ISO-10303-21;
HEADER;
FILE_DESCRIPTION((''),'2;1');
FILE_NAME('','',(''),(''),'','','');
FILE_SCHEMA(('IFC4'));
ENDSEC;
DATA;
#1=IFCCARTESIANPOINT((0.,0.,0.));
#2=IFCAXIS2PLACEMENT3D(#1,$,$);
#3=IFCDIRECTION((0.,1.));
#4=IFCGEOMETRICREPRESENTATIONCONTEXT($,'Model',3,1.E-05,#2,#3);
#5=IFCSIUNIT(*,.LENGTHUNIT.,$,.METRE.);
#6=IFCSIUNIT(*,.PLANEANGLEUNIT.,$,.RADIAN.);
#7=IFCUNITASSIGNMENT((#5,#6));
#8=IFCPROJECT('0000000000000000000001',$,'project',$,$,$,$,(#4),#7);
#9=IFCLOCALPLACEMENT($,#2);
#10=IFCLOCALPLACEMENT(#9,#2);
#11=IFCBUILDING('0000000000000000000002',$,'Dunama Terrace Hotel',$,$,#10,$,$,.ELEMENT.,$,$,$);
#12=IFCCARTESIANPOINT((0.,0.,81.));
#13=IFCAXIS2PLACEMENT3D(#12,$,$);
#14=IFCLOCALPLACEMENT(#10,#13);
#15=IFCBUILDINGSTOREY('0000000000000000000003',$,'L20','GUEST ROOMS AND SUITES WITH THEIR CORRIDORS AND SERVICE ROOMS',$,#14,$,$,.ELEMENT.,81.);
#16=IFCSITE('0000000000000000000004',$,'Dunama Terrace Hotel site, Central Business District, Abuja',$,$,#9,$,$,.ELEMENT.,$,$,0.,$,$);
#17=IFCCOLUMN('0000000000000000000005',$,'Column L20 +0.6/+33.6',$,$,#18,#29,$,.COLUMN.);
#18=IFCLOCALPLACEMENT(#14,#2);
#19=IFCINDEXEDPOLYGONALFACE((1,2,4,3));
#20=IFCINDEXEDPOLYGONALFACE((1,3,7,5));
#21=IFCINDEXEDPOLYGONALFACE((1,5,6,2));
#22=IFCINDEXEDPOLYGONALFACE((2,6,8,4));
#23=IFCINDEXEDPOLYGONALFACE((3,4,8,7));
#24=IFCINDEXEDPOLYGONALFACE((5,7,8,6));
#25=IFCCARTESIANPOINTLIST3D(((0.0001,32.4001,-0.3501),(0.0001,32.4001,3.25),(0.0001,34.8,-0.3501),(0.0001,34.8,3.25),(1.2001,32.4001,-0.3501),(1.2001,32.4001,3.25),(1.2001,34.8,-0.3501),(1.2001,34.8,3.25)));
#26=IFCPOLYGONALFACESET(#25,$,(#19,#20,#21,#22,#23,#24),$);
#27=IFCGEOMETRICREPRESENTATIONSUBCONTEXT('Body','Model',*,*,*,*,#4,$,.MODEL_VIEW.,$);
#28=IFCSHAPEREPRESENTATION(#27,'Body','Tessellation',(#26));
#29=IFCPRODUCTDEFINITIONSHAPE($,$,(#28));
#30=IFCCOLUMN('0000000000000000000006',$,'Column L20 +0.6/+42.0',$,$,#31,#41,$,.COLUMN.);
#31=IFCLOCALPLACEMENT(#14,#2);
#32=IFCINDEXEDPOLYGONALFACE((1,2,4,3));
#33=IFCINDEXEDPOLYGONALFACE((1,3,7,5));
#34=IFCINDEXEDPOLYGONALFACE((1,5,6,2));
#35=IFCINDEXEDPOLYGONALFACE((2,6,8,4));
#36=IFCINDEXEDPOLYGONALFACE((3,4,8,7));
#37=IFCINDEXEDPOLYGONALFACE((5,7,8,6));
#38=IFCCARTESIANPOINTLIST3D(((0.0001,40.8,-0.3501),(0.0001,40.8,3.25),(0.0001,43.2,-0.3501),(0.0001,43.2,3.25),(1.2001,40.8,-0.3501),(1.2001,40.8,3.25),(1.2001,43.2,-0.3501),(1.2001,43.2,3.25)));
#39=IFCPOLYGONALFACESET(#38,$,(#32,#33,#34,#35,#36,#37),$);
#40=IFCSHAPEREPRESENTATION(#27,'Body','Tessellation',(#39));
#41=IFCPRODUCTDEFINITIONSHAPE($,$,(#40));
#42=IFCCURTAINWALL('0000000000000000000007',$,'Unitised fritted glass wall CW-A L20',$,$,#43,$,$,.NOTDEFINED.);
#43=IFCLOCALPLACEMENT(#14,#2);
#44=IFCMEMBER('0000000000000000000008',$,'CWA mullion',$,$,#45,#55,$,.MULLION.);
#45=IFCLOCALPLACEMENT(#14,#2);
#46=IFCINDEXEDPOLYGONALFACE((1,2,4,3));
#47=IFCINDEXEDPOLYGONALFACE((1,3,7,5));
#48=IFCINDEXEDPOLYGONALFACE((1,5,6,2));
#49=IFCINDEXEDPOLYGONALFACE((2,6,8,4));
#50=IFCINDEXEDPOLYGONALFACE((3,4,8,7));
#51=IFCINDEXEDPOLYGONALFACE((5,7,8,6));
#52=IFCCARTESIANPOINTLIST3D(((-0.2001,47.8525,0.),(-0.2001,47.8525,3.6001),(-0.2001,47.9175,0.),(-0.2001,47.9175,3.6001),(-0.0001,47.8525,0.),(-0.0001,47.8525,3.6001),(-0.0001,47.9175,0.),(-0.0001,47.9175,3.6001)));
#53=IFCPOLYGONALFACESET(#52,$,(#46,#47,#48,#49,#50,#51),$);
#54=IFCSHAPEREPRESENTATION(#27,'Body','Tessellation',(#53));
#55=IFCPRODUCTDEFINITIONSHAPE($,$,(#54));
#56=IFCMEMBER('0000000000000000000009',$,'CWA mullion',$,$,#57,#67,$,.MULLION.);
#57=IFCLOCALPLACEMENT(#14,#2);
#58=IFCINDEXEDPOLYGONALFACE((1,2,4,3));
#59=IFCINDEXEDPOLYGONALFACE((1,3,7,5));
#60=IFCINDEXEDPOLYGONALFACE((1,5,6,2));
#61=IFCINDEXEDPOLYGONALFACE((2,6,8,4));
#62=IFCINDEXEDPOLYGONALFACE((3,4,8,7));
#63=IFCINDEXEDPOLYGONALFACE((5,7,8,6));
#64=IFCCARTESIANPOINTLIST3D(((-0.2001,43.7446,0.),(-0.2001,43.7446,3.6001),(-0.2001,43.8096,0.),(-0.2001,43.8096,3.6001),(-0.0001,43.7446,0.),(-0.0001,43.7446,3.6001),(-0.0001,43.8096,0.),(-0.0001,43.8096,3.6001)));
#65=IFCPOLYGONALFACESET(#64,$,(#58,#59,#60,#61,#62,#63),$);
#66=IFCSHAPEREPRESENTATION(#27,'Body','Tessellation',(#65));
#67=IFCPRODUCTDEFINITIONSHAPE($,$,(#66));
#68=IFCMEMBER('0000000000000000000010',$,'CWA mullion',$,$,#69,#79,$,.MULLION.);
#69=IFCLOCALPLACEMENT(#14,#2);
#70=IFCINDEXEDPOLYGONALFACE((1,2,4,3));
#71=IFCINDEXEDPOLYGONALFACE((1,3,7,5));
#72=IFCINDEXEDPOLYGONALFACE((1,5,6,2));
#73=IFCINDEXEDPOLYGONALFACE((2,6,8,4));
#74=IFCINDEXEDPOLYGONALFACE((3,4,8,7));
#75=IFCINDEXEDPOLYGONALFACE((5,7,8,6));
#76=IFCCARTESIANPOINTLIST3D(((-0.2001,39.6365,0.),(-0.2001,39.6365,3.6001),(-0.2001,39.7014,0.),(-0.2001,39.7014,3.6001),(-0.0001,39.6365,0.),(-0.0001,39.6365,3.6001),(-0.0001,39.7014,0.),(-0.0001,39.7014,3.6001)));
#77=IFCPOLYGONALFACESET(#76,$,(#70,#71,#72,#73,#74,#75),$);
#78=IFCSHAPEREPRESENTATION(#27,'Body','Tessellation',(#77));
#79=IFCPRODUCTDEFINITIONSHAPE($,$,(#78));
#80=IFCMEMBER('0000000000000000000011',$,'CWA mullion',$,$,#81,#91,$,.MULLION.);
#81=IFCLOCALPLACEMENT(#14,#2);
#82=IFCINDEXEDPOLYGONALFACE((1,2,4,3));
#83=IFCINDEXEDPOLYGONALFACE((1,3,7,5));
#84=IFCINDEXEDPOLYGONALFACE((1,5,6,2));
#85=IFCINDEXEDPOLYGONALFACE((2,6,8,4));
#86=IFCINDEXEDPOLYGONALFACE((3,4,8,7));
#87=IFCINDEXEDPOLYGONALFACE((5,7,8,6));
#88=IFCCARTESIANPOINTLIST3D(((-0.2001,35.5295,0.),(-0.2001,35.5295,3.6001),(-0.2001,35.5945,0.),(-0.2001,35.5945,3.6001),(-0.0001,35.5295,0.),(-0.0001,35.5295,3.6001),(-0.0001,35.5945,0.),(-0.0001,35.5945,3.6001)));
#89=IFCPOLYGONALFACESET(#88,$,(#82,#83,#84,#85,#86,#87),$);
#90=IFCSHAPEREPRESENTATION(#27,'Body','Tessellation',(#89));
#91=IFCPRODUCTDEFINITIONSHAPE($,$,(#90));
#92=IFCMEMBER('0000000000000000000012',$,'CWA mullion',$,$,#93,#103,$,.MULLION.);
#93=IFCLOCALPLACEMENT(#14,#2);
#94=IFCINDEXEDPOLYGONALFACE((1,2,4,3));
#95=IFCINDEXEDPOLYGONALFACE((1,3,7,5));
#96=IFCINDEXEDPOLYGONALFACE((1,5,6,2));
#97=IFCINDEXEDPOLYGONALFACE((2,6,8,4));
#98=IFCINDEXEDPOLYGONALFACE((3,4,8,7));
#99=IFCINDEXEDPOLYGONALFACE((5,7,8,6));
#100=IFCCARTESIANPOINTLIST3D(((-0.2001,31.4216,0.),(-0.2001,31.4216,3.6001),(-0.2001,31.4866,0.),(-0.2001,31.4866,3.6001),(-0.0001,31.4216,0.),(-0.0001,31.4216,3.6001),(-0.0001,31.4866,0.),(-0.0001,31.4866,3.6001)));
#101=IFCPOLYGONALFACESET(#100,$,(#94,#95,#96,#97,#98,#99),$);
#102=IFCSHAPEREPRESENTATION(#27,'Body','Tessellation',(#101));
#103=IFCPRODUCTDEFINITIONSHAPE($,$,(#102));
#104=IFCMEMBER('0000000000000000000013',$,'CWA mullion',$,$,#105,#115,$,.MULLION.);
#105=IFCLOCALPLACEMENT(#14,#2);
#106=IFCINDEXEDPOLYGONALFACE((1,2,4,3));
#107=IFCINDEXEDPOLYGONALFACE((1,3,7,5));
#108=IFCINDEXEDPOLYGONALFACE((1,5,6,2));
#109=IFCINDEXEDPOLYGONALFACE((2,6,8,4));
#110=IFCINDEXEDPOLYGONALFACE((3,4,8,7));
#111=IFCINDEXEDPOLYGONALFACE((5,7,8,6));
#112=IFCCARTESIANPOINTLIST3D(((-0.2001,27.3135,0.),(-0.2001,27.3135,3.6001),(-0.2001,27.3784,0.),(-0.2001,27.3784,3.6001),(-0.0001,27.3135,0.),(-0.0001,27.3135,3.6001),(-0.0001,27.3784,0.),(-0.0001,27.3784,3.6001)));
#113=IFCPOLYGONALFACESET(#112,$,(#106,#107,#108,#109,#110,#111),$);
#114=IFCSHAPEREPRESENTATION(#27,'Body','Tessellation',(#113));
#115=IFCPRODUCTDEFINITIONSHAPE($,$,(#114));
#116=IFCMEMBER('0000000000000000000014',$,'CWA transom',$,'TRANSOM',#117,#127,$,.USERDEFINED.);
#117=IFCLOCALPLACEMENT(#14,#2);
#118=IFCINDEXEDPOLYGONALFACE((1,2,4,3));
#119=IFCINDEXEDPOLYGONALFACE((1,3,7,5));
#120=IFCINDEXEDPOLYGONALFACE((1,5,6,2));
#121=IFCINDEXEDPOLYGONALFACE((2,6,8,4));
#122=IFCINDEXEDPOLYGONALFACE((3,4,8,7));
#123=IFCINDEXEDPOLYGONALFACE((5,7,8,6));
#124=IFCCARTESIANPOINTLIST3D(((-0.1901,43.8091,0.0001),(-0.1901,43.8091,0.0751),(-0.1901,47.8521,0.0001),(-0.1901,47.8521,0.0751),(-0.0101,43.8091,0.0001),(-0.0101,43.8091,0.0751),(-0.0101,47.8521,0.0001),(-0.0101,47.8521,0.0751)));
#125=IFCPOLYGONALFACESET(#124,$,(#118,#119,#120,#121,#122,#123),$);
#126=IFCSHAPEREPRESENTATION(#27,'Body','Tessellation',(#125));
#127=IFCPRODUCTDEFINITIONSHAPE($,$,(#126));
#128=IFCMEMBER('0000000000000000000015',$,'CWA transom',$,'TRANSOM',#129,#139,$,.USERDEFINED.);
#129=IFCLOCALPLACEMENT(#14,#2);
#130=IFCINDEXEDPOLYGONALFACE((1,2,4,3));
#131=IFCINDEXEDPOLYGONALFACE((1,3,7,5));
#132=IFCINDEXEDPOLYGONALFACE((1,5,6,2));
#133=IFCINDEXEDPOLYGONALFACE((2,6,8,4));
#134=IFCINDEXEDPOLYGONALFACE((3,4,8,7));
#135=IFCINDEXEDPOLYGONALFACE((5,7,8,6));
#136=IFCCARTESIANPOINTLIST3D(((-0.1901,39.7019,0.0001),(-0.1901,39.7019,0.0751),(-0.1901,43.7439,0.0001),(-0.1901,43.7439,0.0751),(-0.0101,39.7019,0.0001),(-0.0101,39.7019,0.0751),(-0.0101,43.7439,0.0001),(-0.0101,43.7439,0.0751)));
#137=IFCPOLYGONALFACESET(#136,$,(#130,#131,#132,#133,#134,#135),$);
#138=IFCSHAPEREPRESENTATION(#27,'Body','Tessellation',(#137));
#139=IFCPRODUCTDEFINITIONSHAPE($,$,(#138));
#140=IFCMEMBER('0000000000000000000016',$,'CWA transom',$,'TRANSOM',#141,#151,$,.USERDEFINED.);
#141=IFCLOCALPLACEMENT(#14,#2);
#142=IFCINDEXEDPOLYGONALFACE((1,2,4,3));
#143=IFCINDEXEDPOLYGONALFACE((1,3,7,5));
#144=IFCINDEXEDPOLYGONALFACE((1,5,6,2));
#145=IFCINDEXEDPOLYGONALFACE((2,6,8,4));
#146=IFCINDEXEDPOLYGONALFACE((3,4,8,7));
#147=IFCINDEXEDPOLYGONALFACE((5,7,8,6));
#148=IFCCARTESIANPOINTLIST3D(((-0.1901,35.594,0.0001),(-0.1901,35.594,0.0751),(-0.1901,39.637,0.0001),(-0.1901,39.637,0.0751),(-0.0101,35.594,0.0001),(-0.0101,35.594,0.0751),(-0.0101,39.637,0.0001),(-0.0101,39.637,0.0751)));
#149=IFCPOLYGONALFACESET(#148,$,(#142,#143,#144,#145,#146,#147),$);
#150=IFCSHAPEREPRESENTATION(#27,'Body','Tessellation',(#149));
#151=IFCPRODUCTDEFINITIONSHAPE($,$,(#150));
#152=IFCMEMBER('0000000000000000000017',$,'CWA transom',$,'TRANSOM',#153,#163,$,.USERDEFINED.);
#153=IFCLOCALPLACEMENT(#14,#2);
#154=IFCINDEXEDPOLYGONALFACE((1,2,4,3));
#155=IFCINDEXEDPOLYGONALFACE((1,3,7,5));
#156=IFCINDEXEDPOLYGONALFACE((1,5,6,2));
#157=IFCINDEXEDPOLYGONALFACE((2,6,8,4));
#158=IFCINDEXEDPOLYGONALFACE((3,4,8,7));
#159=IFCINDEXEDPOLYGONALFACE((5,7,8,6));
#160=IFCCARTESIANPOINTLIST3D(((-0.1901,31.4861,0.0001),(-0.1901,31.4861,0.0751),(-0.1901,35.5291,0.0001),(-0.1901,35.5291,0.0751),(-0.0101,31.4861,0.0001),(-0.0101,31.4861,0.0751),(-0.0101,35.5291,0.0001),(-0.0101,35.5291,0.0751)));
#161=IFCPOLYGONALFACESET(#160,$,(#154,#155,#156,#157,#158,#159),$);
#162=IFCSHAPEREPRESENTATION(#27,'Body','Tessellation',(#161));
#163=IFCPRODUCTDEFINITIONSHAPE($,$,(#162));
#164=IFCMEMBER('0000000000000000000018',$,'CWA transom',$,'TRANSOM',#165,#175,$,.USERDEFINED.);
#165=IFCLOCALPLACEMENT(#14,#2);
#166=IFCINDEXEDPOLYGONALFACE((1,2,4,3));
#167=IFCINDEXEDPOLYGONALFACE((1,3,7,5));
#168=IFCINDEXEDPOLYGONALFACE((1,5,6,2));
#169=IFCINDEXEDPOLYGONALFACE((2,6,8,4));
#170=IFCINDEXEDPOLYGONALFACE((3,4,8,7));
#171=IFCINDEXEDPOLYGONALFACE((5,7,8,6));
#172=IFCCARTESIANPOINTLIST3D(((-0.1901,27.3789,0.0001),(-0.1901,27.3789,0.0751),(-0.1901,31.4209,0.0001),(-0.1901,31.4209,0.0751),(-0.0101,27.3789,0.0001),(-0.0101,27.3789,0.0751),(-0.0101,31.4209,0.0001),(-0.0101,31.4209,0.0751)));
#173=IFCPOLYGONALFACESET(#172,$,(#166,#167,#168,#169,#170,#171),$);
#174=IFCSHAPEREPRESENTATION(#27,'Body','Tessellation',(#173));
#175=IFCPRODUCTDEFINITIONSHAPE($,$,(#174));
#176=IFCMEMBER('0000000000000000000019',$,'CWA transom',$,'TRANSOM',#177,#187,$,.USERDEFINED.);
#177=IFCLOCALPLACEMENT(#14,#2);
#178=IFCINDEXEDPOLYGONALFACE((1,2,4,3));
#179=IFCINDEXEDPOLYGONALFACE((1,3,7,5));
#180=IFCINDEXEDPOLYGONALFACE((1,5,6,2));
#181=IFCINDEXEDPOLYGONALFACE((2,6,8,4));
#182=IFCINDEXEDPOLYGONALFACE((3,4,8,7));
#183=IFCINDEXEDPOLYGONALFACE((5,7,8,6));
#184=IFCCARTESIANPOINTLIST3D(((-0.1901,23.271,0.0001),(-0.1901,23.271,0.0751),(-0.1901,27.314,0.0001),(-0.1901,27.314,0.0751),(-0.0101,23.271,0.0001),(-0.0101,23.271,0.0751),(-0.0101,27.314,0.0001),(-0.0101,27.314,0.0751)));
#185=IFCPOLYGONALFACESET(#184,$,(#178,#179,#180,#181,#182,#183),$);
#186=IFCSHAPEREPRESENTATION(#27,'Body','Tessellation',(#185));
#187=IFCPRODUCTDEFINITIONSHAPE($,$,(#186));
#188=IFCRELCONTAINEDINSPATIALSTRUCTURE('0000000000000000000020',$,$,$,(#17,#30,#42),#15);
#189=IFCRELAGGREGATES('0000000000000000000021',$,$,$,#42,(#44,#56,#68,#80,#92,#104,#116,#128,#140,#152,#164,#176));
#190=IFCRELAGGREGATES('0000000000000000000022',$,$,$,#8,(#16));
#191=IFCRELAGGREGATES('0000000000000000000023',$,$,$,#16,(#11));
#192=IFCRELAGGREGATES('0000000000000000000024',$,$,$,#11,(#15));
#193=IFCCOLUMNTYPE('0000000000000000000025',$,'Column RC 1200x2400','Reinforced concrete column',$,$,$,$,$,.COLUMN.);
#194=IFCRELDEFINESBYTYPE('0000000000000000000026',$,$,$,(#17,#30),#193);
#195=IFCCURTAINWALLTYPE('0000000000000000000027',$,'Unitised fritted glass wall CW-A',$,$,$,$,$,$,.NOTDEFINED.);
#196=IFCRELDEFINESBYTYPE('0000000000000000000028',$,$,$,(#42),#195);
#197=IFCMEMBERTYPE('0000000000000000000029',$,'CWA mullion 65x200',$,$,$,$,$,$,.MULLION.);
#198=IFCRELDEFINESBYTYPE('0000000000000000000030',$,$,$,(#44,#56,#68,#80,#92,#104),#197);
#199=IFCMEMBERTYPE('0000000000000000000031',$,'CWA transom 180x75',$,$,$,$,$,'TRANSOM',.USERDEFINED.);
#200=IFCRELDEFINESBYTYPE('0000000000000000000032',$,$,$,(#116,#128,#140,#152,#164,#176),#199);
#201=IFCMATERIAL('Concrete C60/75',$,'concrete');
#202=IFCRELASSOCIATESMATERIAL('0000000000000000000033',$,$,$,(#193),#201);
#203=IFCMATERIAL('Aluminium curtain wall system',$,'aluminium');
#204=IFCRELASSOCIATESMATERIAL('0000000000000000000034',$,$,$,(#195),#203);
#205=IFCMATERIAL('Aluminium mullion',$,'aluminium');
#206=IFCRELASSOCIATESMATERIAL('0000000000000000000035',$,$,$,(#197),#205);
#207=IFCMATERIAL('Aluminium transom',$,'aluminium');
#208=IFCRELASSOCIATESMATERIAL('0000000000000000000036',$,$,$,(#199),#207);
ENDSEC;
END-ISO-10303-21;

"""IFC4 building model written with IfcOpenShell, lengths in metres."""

from ifc_helpers import new_model, si_unit, direction, frame, origin, origin_2d, place, context, subcontext, project, spatial, rectangle, extrude, material, material_profile, profile_set, type_object, element, aggregate, save


model = new_model("IFC4")

# Units and contexts
model_context = context("Model", 3, precision=1e-05, world=origin(), true_north=direction((0.0, 1.0)))
body_context = subcontext(model_context, "Body", "Model", "MODEL_VIEW")
ifc_project = project(units=[si_unit("LENGTHUNIT", "METRE"), si_unit("PLANEANGLEUNIT", "RADIAN")], contexts=[model_context])

# Site, building, storey
site_placement = place(None, origin())
site = spatial("IfcSite", under=ifc_project, at=site_placement, Name="Dunama Terrace Hotel site, Central Business District, Abuja", CompositionType="ELEMENT", RefElevation=0.0)
building_placement = place(site_placement, origin())
building = spatial("IfcBuilding", under=site, at=building_placement, Name="Dunama Terrace Hotel", CompositionType="ELEMENT")
storey_placement = place(building_placement, frame((0.0, 0.0, 81.0)))
storey = spatial("IfcBuildingStorey", under=building, at=storey_placement, Name="L20", Description="GUEST ROOMS AND SUITES WITH THEIR CORRIDORS AND SERVICE ROOMS", CompositionType="ELEMENT", Elevation=81.0)

# Columns
ifc_material_1 = material(Name="Concrete C60/75", Category="concrete")
ifc_material_profile_1 = material_profile(ifc_material_1, rectangle(XDim=1.2, YDim=2.3999, at=origin_2d()), Name="RC 1200x2400")
ifc_profile_set_1 = profile_set([ifc_material_profile_1], Name="Concrete C60/75")
column_type = type_object("IfcColumnType", Name="Column RC 1200x2400", Description="Reinforced concrete column", PredefinedType="COLUMN", material=ifc_profile_set_1)
for number, where, z_axis, x_axis, name in (
    (1, (0.6001, 33.6001, -0.3501), (0.0, 0.0, 1.0), (1.0, 0.0, 0.0), "Column L20 +0.6/+33.6"),
    (2, (0.6001, 42.0, -0.3501), (0.0, 0.0, 1.0), (1.0, 0.0, 0.0), "Column L20 +0.6/+42.0"),
):
    element("IfcColumn", number, at=place(storey_placement, frame(where, z_axis=z_axis, x_axis=x_axis)), inside=storey, type_object=column_type, Name=name, PredefinedType="COLUMN", context=body_context, shape_type="SweptSolid", body=[
        extrude(rectangle(XDim=1.2, YDim=2.3999, at=origin_2d()), origin(), (0.0, 0.0, 1.0), 3.6001),
    ])

# Curtain wall, members
ifc_material_2 = material(Name="Aluminium curtain wall system", Category="aluminium")
curtain_wall_type = type_object("IfcCurtainWallType", Name="Unitised fritted glass wall CW-A", PredefinedType="NOTDEFINED", material=ifc_material_2)
curtain_wall_placement = place(storey_placement, origin())
curtain_wall = element("IfcCurtainWall", 3, at=curtain_wall_placement, inside=storey, type_object=curtain_wall_type, Name="Unitised fritted glass wall CW-A L20", PredefinedType="NOTDEFINED")
ifc_material_3 = material(Name="Aluminium mullion", Category="aluminium")
ifc_material_profile_2 = material_profile(ifc_material_3, rectangle(XDim=0.0649, YDim=0.2, at=origin_2d()), Name="CWA MULLION 65X200")
ifc_profile_set_2 = profile_set([ifc_material_profile_2], Name="Aluminium mullion")
member_type_1 = type_object("IfcMemberType", Name="CWA mullion 65x200", PredefinedType="MULLION", material=ifc_profile_set_2)
member_1_placement = place(storey_placement, frame((-0.1001, 47.885, 0.0), z_axis=(0.0, 0.0, 1.0), x_axis=(0.0, -1.0, 0.0)))
member_1 = element("IfcMember", 4, at=member_1_placement, type_object=member_type_1, Name="CWA mullion", PredefinedType="MULLION", context=body_context, shape_type="SweptSolid", body=[
    extrude(rectangle(XDim=0.0649, YDim=0.2, at=origin_2d()), origin(), (0.0, 0.0, 1.0), 3.6001),
])
member_2_placement = place(storey_placement, frame((-0.1001, 43.7771, 0.0), z_axis=(0.0, 0.0, 1.0), x_axis=(0.0, -1.0, 0.0)))
member_2 = element("IfcMember", 5, at=member_2_placement, type_object=member_type_1, Name="CWA mullion", PredefinedType="MULLION", context=body_context, shape_type="SweptSolid", body=[
    extrude(rectangle(XDim=0.0649, YDim=0.2, at=origin_2d()), origin(), (0.0, 0.0, 1.0), 3.6001),
])
member_3_placement = place(storey_placement, frame((-0.1001, 39.6689, 0.0), z_axis=(0.0, 0.0, 1.0), x_axis=(0.0, -1.0, 0.0)))
member_3 = element("IfcMember", 6, at=member_3_placement, type_object=member_type_1, Name="CWA mullion", PredefinedType="MULLION", context=body_context, shape_type="SweptSolid", body=[
    extrude(rectangle(XDim=0.0649, YDim=0.2, at=origin_2d()), origin(), (0.0, 0.0, 1.0), 3.6001),
])
member_4_placement = place(storey_placement, frame((-0.1001, 35.562, 0.0), z_axis=(0.0, 0.0, 1.0), x_axis=(0.0, -1.0, 0.0)))
member_4 = element("IfcMember", 7, at=member_4_placement, type_object=member_type_1, Name="CWA mullion", PredefinedType="MULLION", context=body_context, shape_type="SweptSolid", body=[
    extrude(rectangle(XDim=0.0649, YDim=0.2, at=origin_2d()), origin(), (0.0, 0.0, 1.0), 3.6001),
])
member_5_placement = place(storey_placement, frame((-0.1001, 31.4541, 0.0), z_axis=(0.0, 0.0, 1.0), x_axis=(0.0, -1.0, 0.0)))
member_5 = element("IfcMember", 8, at=member_5_placement, type_object=member_type_1, Name="CWA mullion", PredefinedType="MULLION", context=body_context, shape_type="SweptSolid", body=[
    extrude(rectangle(XDim=0.0649, YDim=0.2, at=origin_2d()), origin(), (0.0, 0.0, 1.0), 3.6001),
])
member_6_placement = place(storey_placement, frame((-0.1001, 27.3459, 0.0), z_axis=(0.0, 0.0, 1.0), x_axis=(0.0, -1.0, 0.0)))
member_6 = element("IfcMember", 9, at=member_6_placement, type_object=member_type_1, Name="CWA mullion", PredefinedType="MULLION", context=body_context, shape_type="SweptSolid", body=[
    extrude(rectangle(XDim=0.0649, YDim=0.2, at=origin_2d()), origin(), (0.0, 0.0, 1.0), 3.6001),
])
ifc_material_4 = material(Name="Aluminium transom", Category="aluminium")
ifc_material_profile_3 = material_profile(ifc_material_4, rectangle(XDim=0.1799, YDim=0.075, at=origin_2d()), Name="CWA TRANSOM 180X75")
ifc_profile_set_3 = profile_set([ifc_material_profile_3], Name="Aluminium transom")
member_type_2 = type_object("IfcMemberType", Name="CWA transom 180x75", ElementType="TRANSOM", PredefinedType="USERDEFINED", material=ifc_profile_set_3)
member_7_placement = place(storey_placement, frame((-0.1001, 47.8521, 0.0376), z_axis=(0.0, -1.0, 0.0), x_axis=(1.0, 0.0, 0.0)))
member_7 = element("IfcMember", 10, at=member_7_placement, type_object=member_type_2, Name="CWA transom", ObjectType="TRANSOM", PredefinedType="USERDEFINED", context=body_context, shape_type="SweptSolid", body=[
    extrude(rectangle(XDim=0.1799, YDim=0.075, at=origin_2d()), origin(), (0.0, 0.0, 1.0), 4.043),
])
member_8_placement = place(storey_placement, frame((-0.1001, 43.7439, 0.0376), z_axis=(0.0, -1.0, 0.0), x_axis=(1.0, 0.0, 0.0)))
member_8 = element("IfcMember", 11, at=member_8_placement, type_object=member_type_2, Name="CWA transom", ObjectType="TRANSOM", PredefinedType="USERDEFINED", context=body_context, shape_type="SweptSolid", body=[
    extrude(rectangle(XDim=0.1799, YDim=0.075, at=origin_2d()), origin(), (0.0, 0.0, 1.0), 4.042),
])
member_9_placement = place(storey_placement, frame((-0.1001, 39.637, 0.0376), z_axis=(0.0, -1.0, 0.0), x_axis=(1.0, 0.0, 0.0)))
member_9 = element("IfcMember", 12, at=member_9_placement, type_object=member_type_2, Name="CWA transom", ObjectType="TRANSOM", PredefinedType="USERDEFINED", context=body_context, shape_type="SweptSolid", body=[
    extrude(rectangle(XDim=0.1799, YDim=0.075, at=origin_2d()), origin(), (0.0, 0.0, 1.0), 4.043),
])
member_10_placement = place(storey_placement, frame((-0.1001, 35.5291, 0.0376), z_axis=(0.0, -1.0, 0.0), x_axis=(1.0, 0.0, 0.0)))
member_10 = element("IfcMember", 13, at=member_10_placement, type_object=member_type_2, Name="CWA transom", ObjectType="TRANSOM", PredefinedType="USERDEFINED", context=body_context, shape_type="SweptSolid", body=[
    extrude(rectangle(XDim=0.1799, YDim=0.075, at=origin_2d()), origin(), (0.0, 0.0, 1.0), 4.043),
])
member_11_placement = place(storey_placement, frame((-0.1001, 31.4209, 0.0376), z_axis=(0.0, -1.0, 0.0), x_axis=(1.0, 0.0, 0.0)))
member_11 = element("IfcMember", 14, at=member_11_placement, type_object=member_type_2, Name="CWA transom", ObjectType="TRANSOM", PredefinedType="USERDEFINED", context=body_context, shape_type="SweptSolid", body=[
    extrude(rectangle(XDim=0.1799, YDim=0.075, at=origin_2d()), origin(), (0.0, 0.0, 1.0), 4.042),
])
member_12_placement = place(storey_placement, frame((-0.1001, 27.314, 0.0376), z_axis=(0.0, -1.0, 0.0), x_axis=(1.0, 0.0, 0.0)))
member_12 = element("IfcMember", 15, at=member_12_placement, type_object=member_type_2, Name="CWA transom", ObjectType="TRANSOM", PredefinedType="USERDEFINED", context=body_context, shape_type="SweptSolid", body=[
    extrude(rectangle(XDim=0.1799, YDim=0.075, at=origin_2d()), origin(), (0.0, 0.0, 1.0), 4.043),
])

aggregate(curtain_wall, [member_1, member_2, member_3, member_4, member_5, member_6, member_7, member_8, member_9, member_10, member_11, member_12])

save(model, "model.ifc")
